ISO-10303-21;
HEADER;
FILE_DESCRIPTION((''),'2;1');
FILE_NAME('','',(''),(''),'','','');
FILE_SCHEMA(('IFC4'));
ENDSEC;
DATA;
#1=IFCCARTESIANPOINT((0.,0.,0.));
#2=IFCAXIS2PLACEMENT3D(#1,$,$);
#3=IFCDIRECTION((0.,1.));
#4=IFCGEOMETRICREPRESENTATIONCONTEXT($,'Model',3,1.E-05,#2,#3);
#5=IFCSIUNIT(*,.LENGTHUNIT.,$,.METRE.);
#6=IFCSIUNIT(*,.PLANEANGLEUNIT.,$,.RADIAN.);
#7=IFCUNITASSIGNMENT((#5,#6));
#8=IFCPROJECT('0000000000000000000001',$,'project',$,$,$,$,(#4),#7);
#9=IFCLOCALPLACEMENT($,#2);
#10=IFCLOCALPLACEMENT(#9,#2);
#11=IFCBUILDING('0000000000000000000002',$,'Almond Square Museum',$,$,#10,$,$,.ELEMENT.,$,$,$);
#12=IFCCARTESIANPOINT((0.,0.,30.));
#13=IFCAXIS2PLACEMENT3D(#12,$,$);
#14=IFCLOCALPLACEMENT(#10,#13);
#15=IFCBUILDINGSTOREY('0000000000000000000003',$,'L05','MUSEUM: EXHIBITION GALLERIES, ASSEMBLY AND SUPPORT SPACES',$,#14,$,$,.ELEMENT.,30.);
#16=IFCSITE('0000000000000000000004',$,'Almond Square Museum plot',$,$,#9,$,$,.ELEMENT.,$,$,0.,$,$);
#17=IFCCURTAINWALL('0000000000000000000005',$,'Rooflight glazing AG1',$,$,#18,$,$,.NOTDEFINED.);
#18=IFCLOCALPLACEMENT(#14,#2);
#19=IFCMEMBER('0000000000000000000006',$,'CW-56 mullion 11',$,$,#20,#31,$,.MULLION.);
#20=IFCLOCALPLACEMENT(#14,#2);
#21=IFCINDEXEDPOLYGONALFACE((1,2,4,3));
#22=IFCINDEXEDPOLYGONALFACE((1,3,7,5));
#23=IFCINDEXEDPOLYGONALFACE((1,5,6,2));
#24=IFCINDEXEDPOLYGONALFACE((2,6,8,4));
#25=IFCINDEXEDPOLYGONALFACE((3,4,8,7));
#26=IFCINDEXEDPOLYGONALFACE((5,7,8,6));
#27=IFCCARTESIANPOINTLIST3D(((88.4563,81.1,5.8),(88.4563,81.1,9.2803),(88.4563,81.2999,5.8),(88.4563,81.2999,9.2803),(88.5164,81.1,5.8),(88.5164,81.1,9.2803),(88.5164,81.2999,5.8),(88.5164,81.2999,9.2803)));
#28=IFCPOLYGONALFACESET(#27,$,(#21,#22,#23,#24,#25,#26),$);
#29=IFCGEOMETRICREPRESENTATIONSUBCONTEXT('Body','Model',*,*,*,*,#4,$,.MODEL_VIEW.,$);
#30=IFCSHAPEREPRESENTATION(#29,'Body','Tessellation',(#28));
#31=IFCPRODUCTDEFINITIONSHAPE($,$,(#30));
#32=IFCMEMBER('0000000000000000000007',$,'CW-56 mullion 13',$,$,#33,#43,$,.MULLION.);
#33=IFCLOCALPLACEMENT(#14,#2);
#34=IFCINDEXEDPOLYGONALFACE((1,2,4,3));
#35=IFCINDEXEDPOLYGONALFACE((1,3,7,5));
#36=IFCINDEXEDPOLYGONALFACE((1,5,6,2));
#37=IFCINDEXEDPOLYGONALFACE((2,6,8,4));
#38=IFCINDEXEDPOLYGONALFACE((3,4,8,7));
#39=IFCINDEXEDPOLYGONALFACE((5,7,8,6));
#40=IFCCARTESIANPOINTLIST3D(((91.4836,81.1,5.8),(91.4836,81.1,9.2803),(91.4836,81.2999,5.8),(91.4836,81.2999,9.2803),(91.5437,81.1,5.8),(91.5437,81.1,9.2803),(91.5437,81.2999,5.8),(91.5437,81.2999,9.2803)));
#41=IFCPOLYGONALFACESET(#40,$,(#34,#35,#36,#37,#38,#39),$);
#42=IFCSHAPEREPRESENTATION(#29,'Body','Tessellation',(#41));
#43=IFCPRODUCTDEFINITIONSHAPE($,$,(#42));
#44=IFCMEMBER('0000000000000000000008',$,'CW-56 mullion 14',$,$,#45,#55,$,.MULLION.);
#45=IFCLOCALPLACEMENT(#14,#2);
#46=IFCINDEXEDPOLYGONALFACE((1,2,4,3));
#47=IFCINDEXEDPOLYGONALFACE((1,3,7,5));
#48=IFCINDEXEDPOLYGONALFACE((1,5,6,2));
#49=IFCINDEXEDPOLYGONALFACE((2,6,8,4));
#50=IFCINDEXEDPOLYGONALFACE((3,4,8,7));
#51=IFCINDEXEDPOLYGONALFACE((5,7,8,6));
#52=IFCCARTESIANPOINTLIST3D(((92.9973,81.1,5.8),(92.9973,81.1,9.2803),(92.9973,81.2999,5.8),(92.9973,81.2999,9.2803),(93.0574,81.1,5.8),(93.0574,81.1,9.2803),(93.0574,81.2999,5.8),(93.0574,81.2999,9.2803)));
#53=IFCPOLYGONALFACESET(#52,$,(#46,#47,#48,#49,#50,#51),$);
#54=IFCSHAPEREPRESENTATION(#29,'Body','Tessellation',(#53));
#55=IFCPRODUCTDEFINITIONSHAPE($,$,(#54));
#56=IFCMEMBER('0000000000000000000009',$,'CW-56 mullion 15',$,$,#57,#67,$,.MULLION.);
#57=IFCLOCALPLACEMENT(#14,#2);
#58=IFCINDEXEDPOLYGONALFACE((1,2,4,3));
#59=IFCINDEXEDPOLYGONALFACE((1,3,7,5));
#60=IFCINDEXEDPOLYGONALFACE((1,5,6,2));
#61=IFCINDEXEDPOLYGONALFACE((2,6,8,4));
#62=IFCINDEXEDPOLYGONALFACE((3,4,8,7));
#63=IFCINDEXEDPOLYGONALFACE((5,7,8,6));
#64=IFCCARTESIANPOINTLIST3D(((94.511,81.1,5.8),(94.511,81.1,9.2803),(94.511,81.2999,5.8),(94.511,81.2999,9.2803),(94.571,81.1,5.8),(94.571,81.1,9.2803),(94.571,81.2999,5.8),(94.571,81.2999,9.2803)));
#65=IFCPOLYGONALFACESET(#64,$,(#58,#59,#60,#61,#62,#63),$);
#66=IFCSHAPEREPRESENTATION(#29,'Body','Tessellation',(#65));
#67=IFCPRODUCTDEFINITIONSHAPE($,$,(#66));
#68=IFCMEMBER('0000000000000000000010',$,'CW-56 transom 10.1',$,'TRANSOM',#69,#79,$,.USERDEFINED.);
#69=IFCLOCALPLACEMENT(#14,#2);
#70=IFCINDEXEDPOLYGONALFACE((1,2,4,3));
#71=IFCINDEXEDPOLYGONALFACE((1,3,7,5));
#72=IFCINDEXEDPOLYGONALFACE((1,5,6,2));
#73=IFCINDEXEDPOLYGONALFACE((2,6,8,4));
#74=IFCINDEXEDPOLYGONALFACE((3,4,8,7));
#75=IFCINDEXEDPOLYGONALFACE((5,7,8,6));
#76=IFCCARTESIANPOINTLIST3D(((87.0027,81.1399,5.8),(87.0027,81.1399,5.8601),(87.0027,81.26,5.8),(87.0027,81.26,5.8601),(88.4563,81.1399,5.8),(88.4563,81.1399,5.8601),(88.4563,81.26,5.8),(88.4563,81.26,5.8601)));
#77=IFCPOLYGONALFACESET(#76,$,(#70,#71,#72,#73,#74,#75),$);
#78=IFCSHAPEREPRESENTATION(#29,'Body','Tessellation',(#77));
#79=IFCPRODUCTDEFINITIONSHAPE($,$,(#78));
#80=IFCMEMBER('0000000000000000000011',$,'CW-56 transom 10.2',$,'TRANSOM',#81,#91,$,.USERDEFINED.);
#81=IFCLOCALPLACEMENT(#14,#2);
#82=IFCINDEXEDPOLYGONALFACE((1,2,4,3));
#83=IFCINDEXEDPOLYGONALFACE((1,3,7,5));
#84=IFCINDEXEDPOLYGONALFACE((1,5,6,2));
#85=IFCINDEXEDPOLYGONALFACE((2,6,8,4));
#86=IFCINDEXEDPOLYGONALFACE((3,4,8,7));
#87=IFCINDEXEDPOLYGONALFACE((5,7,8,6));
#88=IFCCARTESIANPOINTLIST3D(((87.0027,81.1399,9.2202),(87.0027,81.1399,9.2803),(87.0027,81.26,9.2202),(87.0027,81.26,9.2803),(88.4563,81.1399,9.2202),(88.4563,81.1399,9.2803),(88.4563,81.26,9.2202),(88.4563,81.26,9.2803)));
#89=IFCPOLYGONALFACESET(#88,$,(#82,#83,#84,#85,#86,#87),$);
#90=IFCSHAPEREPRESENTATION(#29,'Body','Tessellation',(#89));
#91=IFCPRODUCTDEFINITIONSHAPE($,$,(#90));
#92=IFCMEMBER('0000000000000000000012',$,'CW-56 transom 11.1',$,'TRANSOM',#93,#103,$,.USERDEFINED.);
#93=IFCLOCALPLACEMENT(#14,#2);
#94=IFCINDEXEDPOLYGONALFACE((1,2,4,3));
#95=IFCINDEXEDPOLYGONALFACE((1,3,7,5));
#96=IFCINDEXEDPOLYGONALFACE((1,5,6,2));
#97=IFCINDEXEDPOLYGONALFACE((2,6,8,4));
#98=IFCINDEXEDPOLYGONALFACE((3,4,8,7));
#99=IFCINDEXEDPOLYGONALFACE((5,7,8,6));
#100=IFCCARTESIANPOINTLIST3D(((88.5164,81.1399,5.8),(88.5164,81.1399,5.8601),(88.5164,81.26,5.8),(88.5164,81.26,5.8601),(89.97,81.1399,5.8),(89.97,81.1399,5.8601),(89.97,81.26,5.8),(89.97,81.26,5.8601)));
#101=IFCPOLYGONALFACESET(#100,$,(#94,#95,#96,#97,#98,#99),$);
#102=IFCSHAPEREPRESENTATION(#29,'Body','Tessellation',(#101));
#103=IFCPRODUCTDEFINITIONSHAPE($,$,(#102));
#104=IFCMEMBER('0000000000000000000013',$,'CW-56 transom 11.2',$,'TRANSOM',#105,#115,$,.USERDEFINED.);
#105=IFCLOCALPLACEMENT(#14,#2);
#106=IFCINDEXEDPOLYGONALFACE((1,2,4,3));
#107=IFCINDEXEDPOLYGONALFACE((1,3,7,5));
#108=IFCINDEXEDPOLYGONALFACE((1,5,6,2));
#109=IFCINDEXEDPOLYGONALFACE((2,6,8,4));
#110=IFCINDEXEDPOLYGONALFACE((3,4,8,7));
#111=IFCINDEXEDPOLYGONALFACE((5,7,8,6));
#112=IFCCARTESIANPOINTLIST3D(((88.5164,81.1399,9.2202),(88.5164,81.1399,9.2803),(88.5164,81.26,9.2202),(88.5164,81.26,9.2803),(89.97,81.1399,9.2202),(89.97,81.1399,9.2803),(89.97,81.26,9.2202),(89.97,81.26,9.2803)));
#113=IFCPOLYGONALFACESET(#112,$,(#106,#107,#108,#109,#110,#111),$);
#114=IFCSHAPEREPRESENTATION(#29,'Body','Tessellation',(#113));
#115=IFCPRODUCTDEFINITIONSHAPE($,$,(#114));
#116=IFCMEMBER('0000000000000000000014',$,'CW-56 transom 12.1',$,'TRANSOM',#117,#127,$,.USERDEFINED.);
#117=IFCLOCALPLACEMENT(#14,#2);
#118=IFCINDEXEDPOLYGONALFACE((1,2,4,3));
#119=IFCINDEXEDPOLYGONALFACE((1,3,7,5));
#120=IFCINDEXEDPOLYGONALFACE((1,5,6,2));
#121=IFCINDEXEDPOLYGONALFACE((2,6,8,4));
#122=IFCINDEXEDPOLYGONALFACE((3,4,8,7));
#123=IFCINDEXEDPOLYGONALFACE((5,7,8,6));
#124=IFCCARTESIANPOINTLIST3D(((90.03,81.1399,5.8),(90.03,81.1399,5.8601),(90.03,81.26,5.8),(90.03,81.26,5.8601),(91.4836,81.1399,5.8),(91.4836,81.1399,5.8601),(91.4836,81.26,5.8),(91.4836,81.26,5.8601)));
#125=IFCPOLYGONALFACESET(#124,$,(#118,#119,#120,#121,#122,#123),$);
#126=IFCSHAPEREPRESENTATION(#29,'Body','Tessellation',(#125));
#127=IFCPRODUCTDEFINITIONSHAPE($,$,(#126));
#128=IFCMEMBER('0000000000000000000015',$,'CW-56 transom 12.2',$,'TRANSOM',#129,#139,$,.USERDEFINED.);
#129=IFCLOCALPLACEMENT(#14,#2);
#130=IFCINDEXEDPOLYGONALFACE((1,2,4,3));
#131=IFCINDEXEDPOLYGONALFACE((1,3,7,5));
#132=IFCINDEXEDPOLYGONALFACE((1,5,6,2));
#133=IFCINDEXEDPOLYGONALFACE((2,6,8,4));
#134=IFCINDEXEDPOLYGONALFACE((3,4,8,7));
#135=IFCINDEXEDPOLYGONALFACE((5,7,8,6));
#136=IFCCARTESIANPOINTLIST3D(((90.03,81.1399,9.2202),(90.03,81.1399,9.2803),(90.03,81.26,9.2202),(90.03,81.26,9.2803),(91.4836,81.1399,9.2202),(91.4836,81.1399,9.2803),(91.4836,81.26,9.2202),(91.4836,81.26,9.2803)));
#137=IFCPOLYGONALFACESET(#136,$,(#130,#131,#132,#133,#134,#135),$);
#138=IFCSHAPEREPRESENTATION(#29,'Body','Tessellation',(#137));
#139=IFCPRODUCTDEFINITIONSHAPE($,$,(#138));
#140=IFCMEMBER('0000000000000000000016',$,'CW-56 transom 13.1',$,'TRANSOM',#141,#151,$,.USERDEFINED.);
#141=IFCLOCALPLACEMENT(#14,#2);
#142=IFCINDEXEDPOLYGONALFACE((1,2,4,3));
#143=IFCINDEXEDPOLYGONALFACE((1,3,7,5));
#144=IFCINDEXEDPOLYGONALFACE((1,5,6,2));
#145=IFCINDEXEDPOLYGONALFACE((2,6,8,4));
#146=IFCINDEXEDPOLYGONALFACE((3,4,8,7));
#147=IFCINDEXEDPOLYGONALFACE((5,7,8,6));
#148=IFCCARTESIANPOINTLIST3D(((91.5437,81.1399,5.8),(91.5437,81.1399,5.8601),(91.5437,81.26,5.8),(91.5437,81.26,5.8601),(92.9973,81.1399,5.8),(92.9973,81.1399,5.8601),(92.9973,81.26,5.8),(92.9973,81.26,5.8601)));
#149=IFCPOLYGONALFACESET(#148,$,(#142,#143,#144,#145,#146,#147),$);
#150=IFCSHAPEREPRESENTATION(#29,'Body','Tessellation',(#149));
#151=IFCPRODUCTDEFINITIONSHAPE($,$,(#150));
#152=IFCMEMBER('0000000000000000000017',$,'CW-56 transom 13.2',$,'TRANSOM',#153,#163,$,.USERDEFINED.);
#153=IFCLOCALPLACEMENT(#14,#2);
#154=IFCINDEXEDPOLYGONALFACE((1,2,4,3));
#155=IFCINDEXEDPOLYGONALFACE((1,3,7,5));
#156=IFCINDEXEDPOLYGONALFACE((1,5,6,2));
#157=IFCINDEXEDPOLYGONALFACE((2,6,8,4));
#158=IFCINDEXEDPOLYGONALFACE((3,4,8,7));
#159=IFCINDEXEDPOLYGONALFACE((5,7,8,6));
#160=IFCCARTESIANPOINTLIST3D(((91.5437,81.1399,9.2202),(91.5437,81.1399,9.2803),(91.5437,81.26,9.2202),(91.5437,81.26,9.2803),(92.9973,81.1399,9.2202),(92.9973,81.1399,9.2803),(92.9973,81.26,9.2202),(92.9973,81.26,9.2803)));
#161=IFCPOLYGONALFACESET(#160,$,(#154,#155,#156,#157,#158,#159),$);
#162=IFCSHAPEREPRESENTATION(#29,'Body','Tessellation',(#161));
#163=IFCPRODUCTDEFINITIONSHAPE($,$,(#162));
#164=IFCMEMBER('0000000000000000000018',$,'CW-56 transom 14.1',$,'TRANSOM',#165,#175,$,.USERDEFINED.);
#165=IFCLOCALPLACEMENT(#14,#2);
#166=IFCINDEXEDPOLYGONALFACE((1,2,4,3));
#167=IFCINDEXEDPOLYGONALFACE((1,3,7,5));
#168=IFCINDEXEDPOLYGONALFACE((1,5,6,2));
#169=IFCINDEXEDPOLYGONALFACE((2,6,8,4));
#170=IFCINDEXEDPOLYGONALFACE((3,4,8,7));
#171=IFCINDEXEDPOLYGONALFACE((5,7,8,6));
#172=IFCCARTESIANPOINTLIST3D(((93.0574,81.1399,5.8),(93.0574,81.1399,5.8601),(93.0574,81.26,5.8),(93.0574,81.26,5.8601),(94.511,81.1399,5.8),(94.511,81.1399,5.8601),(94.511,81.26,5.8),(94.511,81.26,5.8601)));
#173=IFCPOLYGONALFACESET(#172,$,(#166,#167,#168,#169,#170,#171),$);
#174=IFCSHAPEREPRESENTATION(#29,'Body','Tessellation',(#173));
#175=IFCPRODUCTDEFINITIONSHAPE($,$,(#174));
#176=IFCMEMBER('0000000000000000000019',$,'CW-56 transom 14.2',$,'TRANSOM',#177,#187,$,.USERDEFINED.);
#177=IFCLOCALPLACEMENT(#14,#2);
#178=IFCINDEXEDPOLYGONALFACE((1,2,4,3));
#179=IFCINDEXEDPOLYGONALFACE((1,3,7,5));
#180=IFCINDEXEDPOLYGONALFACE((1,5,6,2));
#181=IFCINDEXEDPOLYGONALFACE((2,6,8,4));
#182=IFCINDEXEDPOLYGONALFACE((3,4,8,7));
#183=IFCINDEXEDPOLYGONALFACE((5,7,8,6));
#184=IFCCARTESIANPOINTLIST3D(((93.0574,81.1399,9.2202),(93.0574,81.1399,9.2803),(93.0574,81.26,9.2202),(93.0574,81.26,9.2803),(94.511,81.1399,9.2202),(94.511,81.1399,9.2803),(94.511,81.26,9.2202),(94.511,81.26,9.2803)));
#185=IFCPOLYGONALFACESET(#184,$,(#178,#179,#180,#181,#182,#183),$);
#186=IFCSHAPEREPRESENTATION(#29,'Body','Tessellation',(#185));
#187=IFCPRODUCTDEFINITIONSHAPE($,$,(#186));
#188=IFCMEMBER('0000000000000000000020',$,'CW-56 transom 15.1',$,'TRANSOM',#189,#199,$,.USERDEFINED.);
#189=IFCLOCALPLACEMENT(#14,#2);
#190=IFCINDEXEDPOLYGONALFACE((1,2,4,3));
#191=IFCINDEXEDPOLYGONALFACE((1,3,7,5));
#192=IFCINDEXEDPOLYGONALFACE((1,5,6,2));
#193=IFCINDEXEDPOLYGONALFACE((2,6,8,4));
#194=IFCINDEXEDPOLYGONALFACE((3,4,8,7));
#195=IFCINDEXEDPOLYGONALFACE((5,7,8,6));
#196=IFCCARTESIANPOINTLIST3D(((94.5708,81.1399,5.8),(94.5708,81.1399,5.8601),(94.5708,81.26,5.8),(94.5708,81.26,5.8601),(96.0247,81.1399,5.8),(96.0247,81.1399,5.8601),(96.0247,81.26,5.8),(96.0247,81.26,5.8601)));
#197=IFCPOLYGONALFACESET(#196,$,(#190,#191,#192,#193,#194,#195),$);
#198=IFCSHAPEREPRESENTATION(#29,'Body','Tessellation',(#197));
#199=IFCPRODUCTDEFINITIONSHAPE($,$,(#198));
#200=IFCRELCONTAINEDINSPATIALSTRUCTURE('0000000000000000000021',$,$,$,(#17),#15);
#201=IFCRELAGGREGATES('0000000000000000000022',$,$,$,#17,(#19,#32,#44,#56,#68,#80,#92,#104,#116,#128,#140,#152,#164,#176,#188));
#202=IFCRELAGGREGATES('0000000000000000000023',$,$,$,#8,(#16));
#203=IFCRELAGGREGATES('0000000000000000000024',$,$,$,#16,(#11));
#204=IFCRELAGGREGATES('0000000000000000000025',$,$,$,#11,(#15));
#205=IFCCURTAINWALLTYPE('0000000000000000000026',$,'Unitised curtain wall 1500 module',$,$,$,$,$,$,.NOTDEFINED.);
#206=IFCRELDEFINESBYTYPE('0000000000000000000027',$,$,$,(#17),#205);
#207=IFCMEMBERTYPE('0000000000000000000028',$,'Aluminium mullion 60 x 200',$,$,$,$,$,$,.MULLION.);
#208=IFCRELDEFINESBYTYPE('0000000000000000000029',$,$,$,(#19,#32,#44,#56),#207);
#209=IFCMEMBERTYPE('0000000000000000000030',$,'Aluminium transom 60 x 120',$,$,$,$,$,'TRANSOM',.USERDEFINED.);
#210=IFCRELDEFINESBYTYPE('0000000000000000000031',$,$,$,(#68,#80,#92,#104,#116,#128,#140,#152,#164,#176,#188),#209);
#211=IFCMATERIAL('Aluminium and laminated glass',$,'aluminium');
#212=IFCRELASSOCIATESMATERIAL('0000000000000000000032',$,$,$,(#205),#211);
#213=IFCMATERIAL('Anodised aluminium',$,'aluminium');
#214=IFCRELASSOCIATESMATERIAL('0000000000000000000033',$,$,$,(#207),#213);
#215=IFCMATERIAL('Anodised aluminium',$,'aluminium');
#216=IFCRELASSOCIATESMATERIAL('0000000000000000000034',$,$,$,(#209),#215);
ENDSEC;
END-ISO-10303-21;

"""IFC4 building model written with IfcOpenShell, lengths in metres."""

from ifc_helpers import new_model, si_unit, direction, frame, origin, origin_2d, place, context, subcontext, project, spatial, rectangle, extrude, material, material_profile, profile_set, type_object, element, aggregate, save


model = new_model("IFC4")

# Units and contexts
model_context = context("Model", 3, precision=1e-05, world=origin(), true_north=direction((0.0, 1.0)))
body_context = subcontext(model_context, "Body", "Model", "MODEL_VIEW")
ifc_project = project(units=[si_unit("LENGTHUNIT", "METRE"), si_unit("PLANEANGLEUNIT", "RADIAN")], contexts=[model_context])

# Site, building, storey
site_placement = place(None, origin())
site = spatial("IfcSite", under=ifc_project, at=site_placement, Name="Almond Square Museum plot", CompositionType="ELEMENT", RefElevation=0.0)
building_placement = place(site_placement, origin())
building = spatial("IfcBuilding", under=site, at=building_placement, Name="Almond Square Museum", CompositionType="ELEMENT")
storey_placement = place(building_placement, frame((0.0, 0.0, 30.0)))
storey = spatial("IfcBuildingStorey", under=building, at=storey_placement, Name="L05", Description="MUSEUM: EXHIBITION GALLERIES, ASSEMBLY AND SUPPORT SPACES", CompositionType="ELEMENT", Elevation=30.0)

# Curtain wall, members
ifc_material_1 = material(Name="Aluminium and laminated glass", Category="aluminium")
curtain_wall_type = type_object("IfcCurtainWallType", Name="Unitised curtain wall 1500 module", PredefinedType="NOTDEFINED", material=ifc_material_1)
curtain_wall_placement = place(storey_placement, origin())
curtain_wall = element("IfcCurtainWall", 1, at=curtain_wall_placement, inside=storey, type_object=curtain_wall_type, Name="Rooflight glazing AG1", PredefinedType="NOTDEFINED")
ifc_material_2 = material(Name="Anodised aluminium", Category="aluminium")
ifc_material_profile_1 = material_profile(ifc_material_2, rectangle(XDim=0.2, YDim=0.0601, at=origin_2d()))
ifc_profile_set_1 = profile_set([ifc_material_profile_1], Name="Anodised aluminium")
member_type_1 = type_object("IfcMemberType", Name="Aluminium mullion 60 x 200", PredefinedType="MULLION", material=ifc_profile_set_1)
member_1_placement = place(storey_placement, frame((88.4863, 81.2, 5.8), z_axis=(0.0, 0.0, 1.0), x_axis=(0.0, 1.0, 0.0)))
member_1 = element("IfcMember", 2, at=member_1_placement, type_object=member_type_1, Name="CW-56 mullion 11", PredefinedType="MULLION", context=body_context, shape_type="SweptSolid", body=[
    extrude(rectangle(XDim=0.2, YDim=0.0601, at=origin_2d()), origin(), (0.0, 0.0, 1.0), 3.4802),
])
member_2_placement = place(storey_placement, frame((91.5137, 81.2, 5.8), z_axis=(0.0, 0.0, 1.0), x_axis=(0.0, 1.0, 0.0)))
member_2 = element("IfcMember", 3, at=member_2_placement, type_object=member_type_1, Name="CW-56 mullion 13", PredefinedType="MULLION", context=body_context, shape_type="SweptSolid", body=[
    extrude(rectangle(XDim=0.2, YDim=0.0601, at=origin_2d()), origin(), (0.0, 0.0, 1.0), 3.4802),
])
member_3_placement = place(storey_placement, frame((93.0273, 81.2, 5.8), z_axis=(0.0, 0.0, 1.0), x_axis=(0.0, 1.0, 0.0)))
member_3 = element("IfcMember", 4, at=member_3_placement, type_object=member_type_1, Name="CW-56 mullion 14", PredefinedType="MULLION", context=body_context, shape_type="SweptSolid", body=[
    extrude(rectangle(XDim=0.2, YDim=0.0601, at=origin_2d()), origin(), (0.0, 0.0, 1.0), 3.4802),
])
member_4_placement = place(storey_placement, frame((94.541, 81.2, 5.8), z_axis=(0.0, 0.0, 1.0), x_axis=(0.0, 1.0, 0.0)))
member_4 = element("IfcMember", 5, at=member_4_placement, type_object=member_type_1, Name="CW-56 mullion 15", PredefinedType="MULLION", context=body_context, shape_type="SweptSolid", body=[
    extrude(rectangle(XDim=0.2, YDim=0.0601, at=origin_2d()), origin(), (0.0, 0.0, 1.0), 3.4802),
])
ifc_material_3 = material(Name="Anodised aluminium", Category="aluminium")
ifc_material_profile_2 = material_profile(ifc_material_3, rectangle(XDim=0.1201, YDim=0.0601, at=origin_2d()))
ifc_profile_set_2 = profile_set([ifc_material_profile_2], Name="Anodised aluminium")
member_type_2 = type_object("IfcMemberType", Name="Aluminium transom 60 x 120", ElementType="TRANSOM", PredefinedType="USERDEFINED", material=ifc_profile_set_2)
member_5_placement = place(storey_placement, frame((87.0027, 81.2, 5.8301), z_axis=(1.0, 0.0, 0.0), x_axis=(0.0, 1.0, 0.0)))
member_5 = element("IfcMember", 6, at=member_5_placement, type_object=member_type_2, Name="CW-56 transom 10.1", ObjectType="TRANSOM", PredefinedType="USERDEFINED", context=body_context, shape_type="SweptSolid", body=[
    extrude(rectangle(XDim=0.1201, YDim=0.0601, at=origin_2d()), origin(), (0.0, 0.0, 1.0), 1.4536),
])
member_6_placement = place(storey_placement, frame((87.0027, 81.2, 9.2502), z_axis=(1.0, 0.0, 0.0), x_axis=(0.0, 1.0, 0.0)))
member_6 = element("IfcMember", 7, at=member_6_placement, type_object=member_type_2, Name="CW-56 transom 10.2", ObjectType="TRANSOM", PredefinedType="USERDEFINED", context=body_context, shape_type="SweptSolid", body=[
    extrude(rectangle(XDim=0.1201, YDim=0.0601, at=origin_2d()), origin(), (0.0, 0.0, 1.0), 1.4536),
])
member_7_placement = place(storey_placement, frame((88.5164, 81.2, 5.8301), z_axis=(1.0, 0.0, 0.0), x_axis=(0.0, 1.0, 0.0)))
member_7 = element("IfcMember", 8, at=member_7_placement, type_object=member_type_2, Name="CW-56 transom 11.1", ObjectType="TRANSOM", PredefinedType="USERDEFINED", context=body_context, shape_type="SweptSolid", body=[
    extrude(rectangle(XDim=0.1201, YDim=0.0601, at=origin_2d()), origin(), (0.0, 0.0, 1.0), 1.4536),
])
member_8_placement = place(storey_placement, frame((88.5164, 81.2, 9.2502), z_axis=(1.0, 0.0, 0.0), x_axis=(0.0, 1.0, 0.0)))
member_8 = element("IfcMember", 9, at=member_8_placement, type_object=member_type_2, Name="CW-56 transom 11.2", ObjectType="TRANSOM", PredefinedType="USERDEFINED", context=body_context, shape_type="SweptSolid", body=[
    extrude(rectangle(XDim=0.1201, YDim=0.0601, at=origin_2d()), origin(), (0.0, 0.0, 1.0), 1.4536),
])
member_9_placement = place(storey_placement, frame((90.03, 81.2, 5.8301), z_axis=(1.0, 0.0, 0.0), x_axis=(0.0, 1.0, 0.0)))
member_9 = element("IfcMember", 10, at=member_9_placement, type_object=member_type_2, Name="CW-56 transom 12.1", ObjectType="TRANSOM", PredefinedType="USERDEFINED", context=body_context, shape_type="SweptSolid", body=[
    extrude(rectangle(XDim=0.1201, YDim=0.0601, at=origin_2d()), origin(), (0.0, 0.0, 1.0), 1.4536),
])
member_10_placement = place(storey_placement, frame((90.03, 81.2, 9.2502), z_axis=(1.0, 0.0, 0.0), x_axis=(0.0, 1.0, 0.0)))
member_10 = element("IfcMember", 11, at=member_10_placement, type_object=member_type_2, Name="CW-56 transom 12.2", ObjectType="TRANSOM", PredefinedType="USERDEFINED", context=body_context, shape_type="SweptSolid", body=[
    extrude(rectangle(XDim=0.1201, YDim=0.0601, at=origin_2d()), origin(), (0.0, 0.0, 1.0), 1.4536),
])
member_11_placement = place(storey_placement, frame((91.5437, 81.2, 5.8301), z_axis=(1.0, 0.0, 0.0), x_axis=(0.0, 1.0, 0.0)))
member_11 = element("IfcMember", 12, at=member_11_placement, type_object=member_type_2, Name="CW-56 transom 13.1", ObjectType="TRANSOM", PredefinedType="USERDEFINED", context=body_context, shape_type="SweptSolid", body=[
    extrude(rectangle(XDim=0.1201, YDim=0.0601, at=origin_2d()), origin(), (0.0, 0.0, 1.0), 1.4536),
])
member_12_placement = place(storey_placement, frame((91.5437, 81.2, 9.2502), z_axis=(1.0, 0.0, 0.0), x_axis=(0.0, 1.0, 0.0)))
member_12 = element("IfcMember", 13, at=member_12_placement, type_object=member_type_2, Name="CW-56 transom 13.2", ObjectType="TRANSOM", PredefinedType="USERDEFINED", context=body_context, shape_type="SweptSolid", body=[
    extrude(rectangle(XDim=0.1201, YDim=0.0601, at=origin_2d()), origin(), (0.0, 0.0, 1.0), 1.4536),
])
member_13_placement = place(storey_placement, frame((93.0574, 81.2, 5.8301), z_axis=(1.0, 0.0, 0.0), x_axis=(0.0, 1.0, 0.0)))
member_13 = element("IfcMember", 14, at=member_13_placement, type_object=member_type_2, Name="CW-56 transom 14.1", ObjectType="TRANSOM", PredefinedType="USERDEFINED", context=body_context, shape_type="SweptSolid", body=[
    extrude(rectangle(XDim=0.1201, YDim=0.0601, at=origin_2d()), origin(), (0.0, 0.0, 1.0), 1.4536),
])
member_14_placement = place(storey_placement, frame((93.0574, 81.2, 9.2502), z_axis=(1.0, 0.0, 0.0), x_axis=(0.0, 1.0, 0.0)))
member_14 = element("IfcMember", 15, at=member_14_placement, type_object=member_type_2, Name="CW-56 transom 14.2", ObjectType="TRANSOM", PredefinedType="USERDEFINED", context=body_context, shape_type="SweptSolid", body=[
    extrude(rectangle(XDim=0.1201, YDim=0.0601, at=origin_2d()), origin(), (0.0, 0.0, 1.0), 1.4536),
])
member_15_placement = place(storey_placement, frame((94.5708, 81.2, 5.8301), z_axis=(1.0, 0.0, 0.0), x_axis=(0.0, 1.0, 0.0)))
member_15 = element("IfcMember", 16, at=member_15_placement, type_object=member_type_2, Name="CW-56 transom 15.1", ObjectType="TRANSOM", PredefinedType="USERDEFINED", context=body_context, shape_type="SweptSolid", body=[
    extrude(rectangle(XDim=0.1201, YDim=0.0601, at=origin_2d()), origin(), (0.0, 0.0, 1.0), 1.4539),
])

aggregate(curtain_wall, [member_1, member_2, member_3, member_4, member_5, member_6, member_7, member_8, member_9, member_10, member_11, member_12, member_13, member_14, member_15])

save(model, "model.ifc")
